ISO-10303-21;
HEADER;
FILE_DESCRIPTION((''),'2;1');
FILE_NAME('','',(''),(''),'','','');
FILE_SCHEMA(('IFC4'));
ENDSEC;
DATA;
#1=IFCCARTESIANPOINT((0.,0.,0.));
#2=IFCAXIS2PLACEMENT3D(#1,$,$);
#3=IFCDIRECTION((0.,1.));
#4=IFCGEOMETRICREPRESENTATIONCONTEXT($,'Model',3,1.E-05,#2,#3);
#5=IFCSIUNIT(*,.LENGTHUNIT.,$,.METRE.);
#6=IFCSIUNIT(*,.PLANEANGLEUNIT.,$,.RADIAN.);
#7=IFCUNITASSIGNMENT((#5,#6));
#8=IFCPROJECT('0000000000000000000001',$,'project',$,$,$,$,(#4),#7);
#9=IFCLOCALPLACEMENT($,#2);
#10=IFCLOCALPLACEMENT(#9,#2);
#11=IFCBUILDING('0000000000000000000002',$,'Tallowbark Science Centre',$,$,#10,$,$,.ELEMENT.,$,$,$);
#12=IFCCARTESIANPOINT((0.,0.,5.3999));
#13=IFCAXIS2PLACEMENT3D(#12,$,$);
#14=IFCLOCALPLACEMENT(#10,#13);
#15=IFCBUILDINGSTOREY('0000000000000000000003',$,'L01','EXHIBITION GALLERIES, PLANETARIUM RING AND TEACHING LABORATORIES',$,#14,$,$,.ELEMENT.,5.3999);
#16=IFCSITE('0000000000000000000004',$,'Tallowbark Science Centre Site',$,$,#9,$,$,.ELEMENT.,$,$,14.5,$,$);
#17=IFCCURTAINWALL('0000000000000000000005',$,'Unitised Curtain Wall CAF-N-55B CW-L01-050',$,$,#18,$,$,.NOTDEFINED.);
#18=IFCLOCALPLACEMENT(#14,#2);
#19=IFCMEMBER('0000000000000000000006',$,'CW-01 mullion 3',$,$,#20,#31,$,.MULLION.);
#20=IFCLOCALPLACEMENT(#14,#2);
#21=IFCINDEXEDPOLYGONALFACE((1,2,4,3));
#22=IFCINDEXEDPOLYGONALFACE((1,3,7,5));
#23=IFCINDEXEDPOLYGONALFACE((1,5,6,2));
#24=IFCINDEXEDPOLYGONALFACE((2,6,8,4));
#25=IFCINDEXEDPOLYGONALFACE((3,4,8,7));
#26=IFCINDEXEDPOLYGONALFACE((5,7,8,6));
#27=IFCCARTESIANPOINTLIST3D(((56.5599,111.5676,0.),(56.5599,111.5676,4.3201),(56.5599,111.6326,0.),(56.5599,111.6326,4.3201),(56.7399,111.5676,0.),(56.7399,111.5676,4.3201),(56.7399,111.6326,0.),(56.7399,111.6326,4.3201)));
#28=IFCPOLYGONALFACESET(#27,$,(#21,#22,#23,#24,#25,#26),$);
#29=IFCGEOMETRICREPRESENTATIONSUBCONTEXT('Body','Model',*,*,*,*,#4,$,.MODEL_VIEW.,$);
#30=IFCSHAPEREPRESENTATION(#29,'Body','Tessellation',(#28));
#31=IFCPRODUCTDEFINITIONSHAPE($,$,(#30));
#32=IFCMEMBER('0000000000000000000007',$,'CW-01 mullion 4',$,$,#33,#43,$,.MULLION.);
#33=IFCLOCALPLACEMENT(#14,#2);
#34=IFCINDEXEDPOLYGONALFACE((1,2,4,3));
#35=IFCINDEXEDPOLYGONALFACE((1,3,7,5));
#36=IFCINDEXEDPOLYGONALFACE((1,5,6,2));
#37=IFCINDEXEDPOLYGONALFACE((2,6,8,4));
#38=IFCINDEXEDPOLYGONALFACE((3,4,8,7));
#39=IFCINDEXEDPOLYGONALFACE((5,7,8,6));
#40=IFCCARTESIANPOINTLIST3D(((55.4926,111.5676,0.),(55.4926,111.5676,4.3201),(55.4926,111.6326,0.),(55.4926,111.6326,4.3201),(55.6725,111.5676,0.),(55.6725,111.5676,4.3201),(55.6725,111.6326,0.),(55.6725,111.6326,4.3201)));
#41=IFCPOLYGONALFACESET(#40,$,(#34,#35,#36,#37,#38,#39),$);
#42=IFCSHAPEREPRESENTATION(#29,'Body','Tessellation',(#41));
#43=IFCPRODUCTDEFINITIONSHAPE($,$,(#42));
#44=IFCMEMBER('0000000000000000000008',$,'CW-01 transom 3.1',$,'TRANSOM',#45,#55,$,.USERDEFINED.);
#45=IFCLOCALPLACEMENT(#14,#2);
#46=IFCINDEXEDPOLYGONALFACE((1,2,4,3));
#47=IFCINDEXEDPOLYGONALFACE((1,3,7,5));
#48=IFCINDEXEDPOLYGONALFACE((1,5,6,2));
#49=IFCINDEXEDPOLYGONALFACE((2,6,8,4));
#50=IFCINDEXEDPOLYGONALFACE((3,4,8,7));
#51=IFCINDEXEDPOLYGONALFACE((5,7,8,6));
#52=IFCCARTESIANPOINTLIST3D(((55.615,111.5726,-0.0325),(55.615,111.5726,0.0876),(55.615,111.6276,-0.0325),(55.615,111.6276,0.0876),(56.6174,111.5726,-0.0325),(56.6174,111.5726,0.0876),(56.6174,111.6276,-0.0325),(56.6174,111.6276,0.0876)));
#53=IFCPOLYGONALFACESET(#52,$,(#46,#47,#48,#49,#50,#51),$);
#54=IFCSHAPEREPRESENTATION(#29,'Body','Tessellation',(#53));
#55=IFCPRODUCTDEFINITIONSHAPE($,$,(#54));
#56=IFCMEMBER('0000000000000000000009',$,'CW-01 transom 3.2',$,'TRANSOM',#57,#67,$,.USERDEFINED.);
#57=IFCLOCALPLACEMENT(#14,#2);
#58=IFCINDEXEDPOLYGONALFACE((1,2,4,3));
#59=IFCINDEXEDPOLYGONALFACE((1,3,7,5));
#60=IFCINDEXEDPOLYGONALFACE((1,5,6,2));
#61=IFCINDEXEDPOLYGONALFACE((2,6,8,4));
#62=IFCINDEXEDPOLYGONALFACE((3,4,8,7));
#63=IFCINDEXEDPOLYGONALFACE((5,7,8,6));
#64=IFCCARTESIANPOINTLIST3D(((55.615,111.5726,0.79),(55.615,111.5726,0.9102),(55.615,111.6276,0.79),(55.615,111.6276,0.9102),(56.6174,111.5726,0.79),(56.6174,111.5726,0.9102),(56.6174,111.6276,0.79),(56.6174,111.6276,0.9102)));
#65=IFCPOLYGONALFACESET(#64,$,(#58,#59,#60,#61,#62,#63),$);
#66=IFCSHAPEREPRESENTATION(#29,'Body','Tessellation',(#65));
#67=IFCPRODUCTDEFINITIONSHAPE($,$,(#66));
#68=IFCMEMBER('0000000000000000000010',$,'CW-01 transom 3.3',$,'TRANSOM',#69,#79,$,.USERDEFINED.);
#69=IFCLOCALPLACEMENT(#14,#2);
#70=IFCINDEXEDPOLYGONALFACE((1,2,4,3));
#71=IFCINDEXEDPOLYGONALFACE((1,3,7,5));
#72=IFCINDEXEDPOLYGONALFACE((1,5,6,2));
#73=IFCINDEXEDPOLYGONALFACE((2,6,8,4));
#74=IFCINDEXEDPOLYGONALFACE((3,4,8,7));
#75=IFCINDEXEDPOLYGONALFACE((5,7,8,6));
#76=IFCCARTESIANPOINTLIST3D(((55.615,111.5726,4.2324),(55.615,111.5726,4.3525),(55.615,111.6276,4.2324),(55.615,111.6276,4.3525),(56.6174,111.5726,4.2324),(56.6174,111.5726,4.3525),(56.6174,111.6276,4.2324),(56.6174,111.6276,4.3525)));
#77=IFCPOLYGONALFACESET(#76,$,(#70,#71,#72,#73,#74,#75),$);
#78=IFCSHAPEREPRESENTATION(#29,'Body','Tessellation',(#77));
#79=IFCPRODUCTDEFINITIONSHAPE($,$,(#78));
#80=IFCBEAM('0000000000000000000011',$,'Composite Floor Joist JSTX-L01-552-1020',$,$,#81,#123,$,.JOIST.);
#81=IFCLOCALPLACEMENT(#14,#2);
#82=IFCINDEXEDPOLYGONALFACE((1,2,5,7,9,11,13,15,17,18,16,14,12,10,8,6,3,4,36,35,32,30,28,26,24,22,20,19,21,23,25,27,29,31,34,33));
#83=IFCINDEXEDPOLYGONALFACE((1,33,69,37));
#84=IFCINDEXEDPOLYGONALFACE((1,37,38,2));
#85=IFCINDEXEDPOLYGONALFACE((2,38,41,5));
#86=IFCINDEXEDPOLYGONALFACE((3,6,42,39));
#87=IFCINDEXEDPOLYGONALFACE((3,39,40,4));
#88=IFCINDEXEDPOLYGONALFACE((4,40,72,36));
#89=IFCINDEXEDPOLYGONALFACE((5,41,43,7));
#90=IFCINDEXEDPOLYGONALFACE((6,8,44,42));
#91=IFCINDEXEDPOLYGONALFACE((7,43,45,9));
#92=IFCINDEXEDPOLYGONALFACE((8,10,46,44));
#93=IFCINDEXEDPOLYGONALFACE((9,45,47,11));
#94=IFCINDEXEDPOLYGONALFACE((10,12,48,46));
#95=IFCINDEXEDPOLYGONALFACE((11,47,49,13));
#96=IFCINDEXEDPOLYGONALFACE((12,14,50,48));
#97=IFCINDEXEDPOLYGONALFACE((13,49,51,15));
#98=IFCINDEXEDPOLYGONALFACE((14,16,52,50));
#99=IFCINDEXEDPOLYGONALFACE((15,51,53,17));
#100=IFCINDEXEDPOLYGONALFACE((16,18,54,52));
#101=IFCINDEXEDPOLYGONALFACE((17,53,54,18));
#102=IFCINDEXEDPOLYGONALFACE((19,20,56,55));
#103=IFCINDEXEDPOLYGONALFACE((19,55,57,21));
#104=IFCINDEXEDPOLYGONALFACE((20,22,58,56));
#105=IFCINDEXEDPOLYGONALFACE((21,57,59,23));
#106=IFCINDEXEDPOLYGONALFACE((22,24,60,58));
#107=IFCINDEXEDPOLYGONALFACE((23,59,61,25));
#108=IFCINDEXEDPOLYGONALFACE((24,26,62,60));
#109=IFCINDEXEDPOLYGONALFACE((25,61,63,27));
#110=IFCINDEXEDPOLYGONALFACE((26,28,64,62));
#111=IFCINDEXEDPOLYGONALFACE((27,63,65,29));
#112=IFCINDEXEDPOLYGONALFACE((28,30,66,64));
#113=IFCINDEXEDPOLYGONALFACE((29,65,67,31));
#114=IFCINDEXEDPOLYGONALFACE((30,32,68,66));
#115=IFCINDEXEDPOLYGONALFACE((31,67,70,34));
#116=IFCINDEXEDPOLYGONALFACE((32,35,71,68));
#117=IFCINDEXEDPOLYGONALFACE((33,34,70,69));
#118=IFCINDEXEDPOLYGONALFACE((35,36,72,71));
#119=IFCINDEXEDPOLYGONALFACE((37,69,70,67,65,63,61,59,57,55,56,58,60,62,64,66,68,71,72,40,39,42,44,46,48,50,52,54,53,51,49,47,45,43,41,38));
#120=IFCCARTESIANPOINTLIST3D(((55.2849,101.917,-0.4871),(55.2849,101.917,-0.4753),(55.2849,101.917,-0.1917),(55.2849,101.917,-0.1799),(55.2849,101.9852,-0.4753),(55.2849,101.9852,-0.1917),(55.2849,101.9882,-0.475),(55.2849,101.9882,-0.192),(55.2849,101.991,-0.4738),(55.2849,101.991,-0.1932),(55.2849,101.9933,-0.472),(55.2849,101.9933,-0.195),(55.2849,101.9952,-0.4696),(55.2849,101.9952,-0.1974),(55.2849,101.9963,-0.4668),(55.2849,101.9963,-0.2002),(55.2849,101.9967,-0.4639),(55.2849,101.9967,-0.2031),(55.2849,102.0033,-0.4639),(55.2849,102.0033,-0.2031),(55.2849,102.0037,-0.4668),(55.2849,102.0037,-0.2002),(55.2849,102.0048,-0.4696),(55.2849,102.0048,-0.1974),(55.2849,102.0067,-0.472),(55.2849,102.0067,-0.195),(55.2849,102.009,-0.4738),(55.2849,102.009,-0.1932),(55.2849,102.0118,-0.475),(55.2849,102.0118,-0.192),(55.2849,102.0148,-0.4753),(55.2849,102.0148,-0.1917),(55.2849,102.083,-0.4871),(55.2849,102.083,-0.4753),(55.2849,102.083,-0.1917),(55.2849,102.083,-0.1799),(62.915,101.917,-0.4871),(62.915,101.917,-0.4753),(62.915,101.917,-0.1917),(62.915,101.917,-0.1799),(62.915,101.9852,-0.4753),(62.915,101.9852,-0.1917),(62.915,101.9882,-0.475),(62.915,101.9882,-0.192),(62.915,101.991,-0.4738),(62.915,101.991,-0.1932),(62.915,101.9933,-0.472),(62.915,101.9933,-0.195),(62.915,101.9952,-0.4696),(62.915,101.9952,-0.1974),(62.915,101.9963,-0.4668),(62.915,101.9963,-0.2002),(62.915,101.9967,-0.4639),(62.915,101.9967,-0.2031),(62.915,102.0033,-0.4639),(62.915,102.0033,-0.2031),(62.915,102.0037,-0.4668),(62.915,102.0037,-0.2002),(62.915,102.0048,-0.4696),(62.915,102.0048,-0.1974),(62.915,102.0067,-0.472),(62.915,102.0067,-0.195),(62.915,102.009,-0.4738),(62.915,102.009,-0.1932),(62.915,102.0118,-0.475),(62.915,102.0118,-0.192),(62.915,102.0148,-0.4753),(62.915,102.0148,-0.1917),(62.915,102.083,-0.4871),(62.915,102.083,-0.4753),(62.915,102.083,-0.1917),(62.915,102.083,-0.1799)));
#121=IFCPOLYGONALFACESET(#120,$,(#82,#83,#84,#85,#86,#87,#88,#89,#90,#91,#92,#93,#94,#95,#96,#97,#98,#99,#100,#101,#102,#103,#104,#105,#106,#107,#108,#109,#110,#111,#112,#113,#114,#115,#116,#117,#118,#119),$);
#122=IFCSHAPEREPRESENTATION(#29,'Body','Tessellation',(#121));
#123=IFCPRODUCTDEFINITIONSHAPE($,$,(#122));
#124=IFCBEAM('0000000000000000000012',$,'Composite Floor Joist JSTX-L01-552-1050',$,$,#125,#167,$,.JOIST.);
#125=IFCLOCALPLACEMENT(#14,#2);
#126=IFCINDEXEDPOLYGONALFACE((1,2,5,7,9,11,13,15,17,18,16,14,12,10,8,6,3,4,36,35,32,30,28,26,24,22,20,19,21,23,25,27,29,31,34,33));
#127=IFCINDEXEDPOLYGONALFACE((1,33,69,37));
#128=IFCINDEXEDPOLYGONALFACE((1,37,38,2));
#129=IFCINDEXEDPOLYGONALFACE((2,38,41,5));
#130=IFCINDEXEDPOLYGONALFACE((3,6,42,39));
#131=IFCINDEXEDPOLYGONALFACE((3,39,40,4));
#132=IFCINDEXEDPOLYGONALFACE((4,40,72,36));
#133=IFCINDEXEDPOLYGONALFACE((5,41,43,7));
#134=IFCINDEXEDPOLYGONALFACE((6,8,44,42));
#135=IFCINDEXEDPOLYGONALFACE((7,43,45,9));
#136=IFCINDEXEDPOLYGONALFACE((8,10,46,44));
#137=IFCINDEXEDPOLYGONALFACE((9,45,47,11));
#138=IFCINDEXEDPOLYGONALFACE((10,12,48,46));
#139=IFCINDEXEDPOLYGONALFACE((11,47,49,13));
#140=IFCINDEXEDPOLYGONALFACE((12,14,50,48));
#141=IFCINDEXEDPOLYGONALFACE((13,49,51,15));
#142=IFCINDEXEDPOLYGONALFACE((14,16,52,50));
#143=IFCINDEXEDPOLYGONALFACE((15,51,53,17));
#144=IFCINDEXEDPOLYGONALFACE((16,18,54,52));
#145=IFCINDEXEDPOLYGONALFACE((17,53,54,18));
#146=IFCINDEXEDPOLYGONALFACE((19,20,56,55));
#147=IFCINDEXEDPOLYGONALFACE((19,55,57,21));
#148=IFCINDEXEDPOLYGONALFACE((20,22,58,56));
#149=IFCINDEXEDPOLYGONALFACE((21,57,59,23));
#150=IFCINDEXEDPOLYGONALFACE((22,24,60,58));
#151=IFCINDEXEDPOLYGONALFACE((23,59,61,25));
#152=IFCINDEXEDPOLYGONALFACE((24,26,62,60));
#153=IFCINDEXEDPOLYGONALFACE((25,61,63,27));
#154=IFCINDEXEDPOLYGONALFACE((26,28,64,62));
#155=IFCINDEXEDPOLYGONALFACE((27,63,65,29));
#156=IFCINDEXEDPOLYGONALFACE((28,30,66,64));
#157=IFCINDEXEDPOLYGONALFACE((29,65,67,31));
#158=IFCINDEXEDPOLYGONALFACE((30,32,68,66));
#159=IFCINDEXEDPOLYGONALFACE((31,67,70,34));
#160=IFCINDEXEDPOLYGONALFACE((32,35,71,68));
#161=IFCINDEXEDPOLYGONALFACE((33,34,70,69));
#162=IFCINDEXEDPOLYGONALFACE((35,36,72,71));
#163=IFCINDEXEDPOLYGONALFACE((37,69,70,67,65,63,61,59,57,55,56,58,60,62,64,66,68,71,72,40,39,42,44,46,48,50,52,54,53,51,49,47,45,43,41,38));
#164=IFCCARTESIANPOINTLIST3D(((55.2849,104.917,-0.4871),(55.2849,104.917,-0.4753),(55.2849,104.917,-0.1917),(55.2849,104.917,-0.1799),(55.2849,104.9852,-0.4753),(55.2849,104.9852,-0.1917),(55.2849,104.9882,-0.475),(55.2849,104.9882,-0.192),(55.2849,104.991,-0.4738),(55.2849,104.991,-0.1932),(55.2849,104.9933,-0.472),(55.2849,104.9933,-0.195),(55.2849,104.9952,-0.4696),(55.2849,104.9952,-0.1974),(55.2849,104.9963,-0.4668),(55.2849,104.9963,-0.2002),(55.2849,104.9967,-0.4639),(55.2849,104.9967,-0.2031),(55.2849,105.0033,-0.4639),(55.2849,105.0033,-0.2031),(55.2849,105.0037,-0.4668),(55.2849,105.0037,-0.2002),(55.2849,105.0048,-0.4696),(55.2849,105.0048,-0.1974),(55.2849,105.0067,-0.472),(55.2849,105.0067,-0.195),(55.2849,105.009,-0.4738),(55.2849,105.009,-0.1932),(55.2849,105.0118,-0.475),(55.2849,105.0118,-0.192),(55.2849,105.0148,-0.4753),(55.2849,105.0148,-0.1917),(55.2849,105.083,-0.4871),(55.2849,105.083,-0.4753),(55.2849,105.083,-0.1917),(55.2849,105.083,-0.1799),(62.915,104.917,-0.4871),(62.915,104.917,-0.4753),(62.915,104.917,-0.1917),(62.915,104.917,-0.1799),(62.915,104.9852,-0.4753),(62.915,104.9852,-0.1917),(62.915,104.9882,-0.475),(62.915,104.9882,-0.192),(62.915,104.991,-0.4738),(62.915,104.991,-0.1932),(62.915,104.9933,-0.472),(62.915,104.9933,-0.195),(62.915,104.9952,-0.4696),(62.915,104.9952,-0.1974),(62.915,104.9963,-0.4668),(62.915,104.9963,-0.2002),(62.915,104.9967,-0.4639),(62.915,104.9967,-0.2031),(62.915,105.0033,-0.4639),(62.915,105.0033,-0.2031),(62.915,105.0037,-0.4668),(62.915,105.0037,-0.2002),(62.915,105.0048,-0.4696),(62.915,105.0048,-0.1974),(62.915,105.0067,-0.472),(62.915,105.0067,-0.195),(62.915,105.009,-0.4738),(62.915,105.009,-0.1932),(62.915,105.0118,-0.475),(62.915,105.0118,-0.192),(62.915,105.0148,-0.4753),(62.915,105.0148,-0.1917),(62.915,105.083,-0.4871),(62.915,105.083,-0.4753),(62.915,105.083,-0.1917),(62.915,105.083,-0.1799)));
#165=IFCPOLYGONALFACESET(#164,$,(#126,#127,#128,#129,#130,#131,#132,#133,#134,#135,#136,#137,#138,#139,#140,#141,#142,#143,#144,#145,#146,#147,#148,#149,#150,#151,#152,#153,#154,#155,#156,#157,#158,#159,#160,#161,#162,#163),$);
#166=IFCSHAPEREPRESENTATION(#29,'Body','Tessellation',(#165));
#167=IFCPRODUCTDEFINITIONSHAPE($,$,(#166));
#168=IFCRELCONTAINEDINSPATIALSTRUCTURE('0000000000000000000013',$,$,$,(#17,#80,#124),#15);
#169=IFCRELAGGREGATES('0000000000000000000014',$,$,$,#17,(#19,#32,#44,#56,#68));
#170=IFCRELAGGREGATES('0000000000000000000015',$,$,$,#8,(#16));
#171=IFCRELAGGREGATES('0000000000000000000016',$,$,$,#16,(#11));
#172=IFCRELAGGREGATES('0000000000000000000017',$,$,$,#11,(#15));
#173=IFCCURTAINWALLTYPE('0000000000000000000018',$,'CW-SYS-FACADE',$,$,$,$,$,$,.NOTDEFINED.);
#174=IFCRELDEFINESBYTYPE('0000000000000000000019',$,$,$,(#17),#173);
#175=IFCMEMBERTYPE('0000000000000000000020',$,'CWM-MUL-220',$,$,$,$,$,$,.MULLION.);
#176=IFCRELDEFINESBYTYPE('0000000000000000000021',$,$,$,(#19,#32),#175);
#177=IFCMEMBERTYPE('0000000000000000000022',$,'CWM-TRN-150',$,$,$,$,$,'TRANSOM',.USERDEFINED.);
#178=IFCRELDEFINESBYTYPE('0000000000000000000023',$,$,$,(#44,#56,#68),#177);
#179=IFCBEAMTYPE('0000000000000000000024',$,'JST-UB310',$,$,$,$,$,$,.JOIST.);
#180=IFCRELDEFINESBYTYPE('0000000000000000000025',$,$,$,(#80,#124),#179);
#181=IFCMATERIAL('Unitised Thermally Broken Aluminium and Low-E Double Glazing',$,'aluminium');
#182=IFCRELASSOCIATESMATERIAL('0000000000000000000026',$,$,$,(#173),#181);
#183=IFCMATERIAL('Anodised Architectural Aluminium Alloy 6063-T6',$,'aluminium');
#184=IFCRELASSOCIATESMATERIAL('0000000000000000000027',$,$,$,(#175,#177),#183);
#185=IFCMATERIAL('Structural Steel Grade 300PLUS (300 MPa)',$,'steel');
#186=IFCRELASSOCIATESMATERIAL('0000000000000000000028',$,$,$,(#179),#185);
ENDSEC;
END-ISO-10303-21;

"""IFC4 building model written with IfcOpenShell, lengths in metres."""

from ifc_helpers import new_model, si_unit, direction, frame, origin, origin_2d, place, context, subcontext, project, spatial, rectangle, i_section, extrude, material, material_profile, profile_set, type_object, element, aggregate, save


model = new_model("IFC4")

# Units and contexts
model_context = context("Model", 3, precision=1e-05, world=origin(), true_north=direction((0.0, 1.0)))
body_context = subcontext(model_context, "Body", "Model", "MODEL_VIEW")
ifc_project = project(units=[si_unit("LENGTHUNIT", "METRE"), si_unit("PLANEANGLEUNIT", "RADIAN")], contexts=[model_context])

# Site, building, storey
site_placement = place(None, origin())
site = spatial("IfcSite", under=ifc_project, at=site_placement, Name="Tallowbark Science Centre Site", CompositionType="ELEMENT", RefElevation=14.5)
building_placement = place(site_placement, origin())
building = spatial("IfcBuilding", under=site, at=building_placement, Name="Tallowbark Science Centre", CompositionType="ELEMENT")
storey_placement = place(building_placement, frame((0.0, 0.0, 5.3999)))
storey = spatial("IfcBuildingStorey", under=building, at=storey_placement, Name="L01", Description="EXHIBITION GALLERIES, PLANETARIUM RING AND TEACHING LABORATORIES", CompositionType="ELEMENT", Elevation=5.3999)

# Shared definitions
ifc_material_1 = material(Name="Structural Steel Grade 300PLUS (300 MPa)", Category="steel")

# Curtain wall, members
ifc_material_2 = material(Name="Unitised Thermally Broken Aluminium and Low-E Double Glazing", Category="aluminium")
curtain_wall_type = type_object("IfcCurtainWallType", Name="CW-SYS-FACADE", PredefinedType="NOTDEFINED", material=ifc_material_2)
curtain_wall_placement = place(storey_placement, origin())
curtain_wall = element("IfcCurtainWall", 1, at=curtain_wall_placement, inside=storey, type_object=curtain_wall_type, Name="Unitised Curtain Wall CAF-N-55B CW-L01-050", PredefinedType="NOTDEFINED")
ifc_material_3 = material(Name="Anodised Architectural Aluminium Alloy 6063-T6", Category="aluminium")
ifc_material_profile_1 = material_profile(ifc_material_3, rectangle(XDim=0.0649, YDim=0.1799, at=origin_2d()), Name="ALU65x180")
ifc_profile_set_1 = profile_set([ifc_material_profile_1], Name="Anodised Architectural Aluminium Alloy 6063-T6")
member_type_1 = type_object("IfcMemberType", Name="CWM-MUL-220", PredefinedType="MULLION", material=ifc_profile_set_1)
member_1_placement = place(storey_placement, frame((56.6499, 111.6001, 0.0), z_axis=(0.0, 0.0, 1.0), x_axis=(0.0, -1.0, 0.0)))
member_1 = element("IfcMember", 2, at=member_1_placement, type_object=member_type_1, Name="CW-01 mullion 3", PredefinedType="MULLION", context=body_context, shape_type="SweptSolid", body=[
    extrude(rectangle(XDim=0.0649, YDim=0.1799, at=origin_2d()), origin(), (0.0, 0.0, 1.0), 4.3201),
])
member_2_placement = place(storey_placement, frame((55.5825, 111.6001, 0.0), z_axis=(0.0, 0.0, 1.0), x_axis=(0.0, -1.0, 0.0)))
member_2 = element("IfcMember", 3, at=member_2_placement, type_object=member_type_1, Name="CW-01 mullion 4", PredefinedType="MULLION", context=body_context, shape_type="SweptSolid", body=[
    extrude(rectangle(XDim=0.0649, YDim=0.1799, at=origin_2d()), origin(), (0.0, 0.0, 1.0), 4.3201),
])
ifc_material_profile_2 = material_profile(ifc_material_3, rectangle(XDim=0.0549, YDim=0.1201, at=origin_2d()), Name="ALU55x120")
ifc_profile_set_2 = profile_set([ifc_material_profile_2], Name="Anodised Architectural Aluminium Alloy 6063-T6")
member_type_2 = type_object("IfcMemberType", Name="CWM-TRN-150", ElementType="TRANSOM", PredefinedType="USERDEFINED", material=ifc_profile_set_2)
member_3_placement = place(storey_placement, frame((56.6174, 111.6001, 0.0276), z_axis=(-1.0, 0.0, 0.0), x_axis=(0.0, -1.0, 0.0)))
member_3 = element("IfcMember", 4, at=member_3_placement, type_object=member_type_2, Name="CW-01 transom 3.1", ObjectType="TRANSOM", PredefinedType="USERDEFINED", context=body_context, shape_type="SweptSolid", body=[
    extrude(rectangle(XDim=0.0549, YDim=0.1201, at=origin_2d()), origin(), (0.0, 0.0, 1.0), 1.0024),
])
member_4_placement = place(storey_placement, frame((56.6174, 111.6001, 0.8501), z_axis=(-1.0, 0.0, 0.0), x_axis=(0.0, -1.0, 0.0)))
member_4 = element("IfcMember", 5, at=member_4_placement, type_object=member_type_2, Name="CW-01 transom 3.2", ObjectType="TRANSOM", PredefinedType="USERDEFINED", context=body_context, shape_type="SweptSolid", body=[
    extrude(rectangle(XDim=0.0549, YDim=0.1201, at=origin_2d()), origin(), (0.0, 0.0, 1.0), 1.0024),
])
member_5_placement = place(storey_placement, frame((56.6174, 111.6001, 4.2925), z_axis=(-1.0, 0.0, 0.0), x_axis=(0.0, -1.0, 0.0)))
member_5 = element("IfcMember", 6, at=member_5_placement, type_object=member_type_2, Name="CW-01 transom 3.3", ObjectType="TRANSOM", PredefinedType="USERDEFINED", context=body_context, shape_type="SweptSolid", body=[
    extrude(rectangle(XDim=0.0549, YDim=0.1201, at=origin_2d()), origin(), (0.0, 0.0, 1.0), 1.0024),
])

# Beams
ifc_material_profile_3 = material_profile(ifc_material_1, i_section(OverallWidth=0.166, OverallDepth=0.3071, WebThickness=0.0066, FlangeThickness=0.0117, FilletRadius=0.0115, at=origin_2d()), Name="310UB46.2")
ifc_profile_set_3 = profile_set([ifc_material_profile_3], Name="Structural Steel Grade 300PLUS (300 MPa)")
beam_type_1 = type_object("IfcBeamType", Name="JST-UB310", PredefinedType="JOIST", material=ifc_profile_set_3)
for number, where, z_axis, x_axis, name in (
    (7, (55.2849, 102.0, -0.3335), (1.0, 0.0, 0.0), (0.0, 1.0, 0.0), "Composite Floor Joist JSTX-L01-552-1020"),
    (8, (55.2849, 105.0, -0.3335), (1.0, 0.0, 0.0), (0.0, 1.0, 0.0), "Composite Floor Joist JSTX-L01-552-1050"),
):
    element("IfcBeam", number, at=place(storey_placement, frame(where, z_axis=z_axis, x_axis=x_axis)), inside=storey, type_object=beam_type_1, Name=name, PredefinedType="JOIST", context=body_context, shape_type="SweptSolid", body=[
        extrude(i_section(OverallWidth=0.166, OverallDepth=0.3071, WebThickness=0.0066, FlangeThickness=0.0117, FilletRadius=0.0115, at=origin_2d()), origin(), (0.0, 0.0, 1.0), 7.6301),
    ])

aggregate(curtain_wall, [member_1, member_2, member_3, member_4, member_5])

save(model, "model.ifc")
